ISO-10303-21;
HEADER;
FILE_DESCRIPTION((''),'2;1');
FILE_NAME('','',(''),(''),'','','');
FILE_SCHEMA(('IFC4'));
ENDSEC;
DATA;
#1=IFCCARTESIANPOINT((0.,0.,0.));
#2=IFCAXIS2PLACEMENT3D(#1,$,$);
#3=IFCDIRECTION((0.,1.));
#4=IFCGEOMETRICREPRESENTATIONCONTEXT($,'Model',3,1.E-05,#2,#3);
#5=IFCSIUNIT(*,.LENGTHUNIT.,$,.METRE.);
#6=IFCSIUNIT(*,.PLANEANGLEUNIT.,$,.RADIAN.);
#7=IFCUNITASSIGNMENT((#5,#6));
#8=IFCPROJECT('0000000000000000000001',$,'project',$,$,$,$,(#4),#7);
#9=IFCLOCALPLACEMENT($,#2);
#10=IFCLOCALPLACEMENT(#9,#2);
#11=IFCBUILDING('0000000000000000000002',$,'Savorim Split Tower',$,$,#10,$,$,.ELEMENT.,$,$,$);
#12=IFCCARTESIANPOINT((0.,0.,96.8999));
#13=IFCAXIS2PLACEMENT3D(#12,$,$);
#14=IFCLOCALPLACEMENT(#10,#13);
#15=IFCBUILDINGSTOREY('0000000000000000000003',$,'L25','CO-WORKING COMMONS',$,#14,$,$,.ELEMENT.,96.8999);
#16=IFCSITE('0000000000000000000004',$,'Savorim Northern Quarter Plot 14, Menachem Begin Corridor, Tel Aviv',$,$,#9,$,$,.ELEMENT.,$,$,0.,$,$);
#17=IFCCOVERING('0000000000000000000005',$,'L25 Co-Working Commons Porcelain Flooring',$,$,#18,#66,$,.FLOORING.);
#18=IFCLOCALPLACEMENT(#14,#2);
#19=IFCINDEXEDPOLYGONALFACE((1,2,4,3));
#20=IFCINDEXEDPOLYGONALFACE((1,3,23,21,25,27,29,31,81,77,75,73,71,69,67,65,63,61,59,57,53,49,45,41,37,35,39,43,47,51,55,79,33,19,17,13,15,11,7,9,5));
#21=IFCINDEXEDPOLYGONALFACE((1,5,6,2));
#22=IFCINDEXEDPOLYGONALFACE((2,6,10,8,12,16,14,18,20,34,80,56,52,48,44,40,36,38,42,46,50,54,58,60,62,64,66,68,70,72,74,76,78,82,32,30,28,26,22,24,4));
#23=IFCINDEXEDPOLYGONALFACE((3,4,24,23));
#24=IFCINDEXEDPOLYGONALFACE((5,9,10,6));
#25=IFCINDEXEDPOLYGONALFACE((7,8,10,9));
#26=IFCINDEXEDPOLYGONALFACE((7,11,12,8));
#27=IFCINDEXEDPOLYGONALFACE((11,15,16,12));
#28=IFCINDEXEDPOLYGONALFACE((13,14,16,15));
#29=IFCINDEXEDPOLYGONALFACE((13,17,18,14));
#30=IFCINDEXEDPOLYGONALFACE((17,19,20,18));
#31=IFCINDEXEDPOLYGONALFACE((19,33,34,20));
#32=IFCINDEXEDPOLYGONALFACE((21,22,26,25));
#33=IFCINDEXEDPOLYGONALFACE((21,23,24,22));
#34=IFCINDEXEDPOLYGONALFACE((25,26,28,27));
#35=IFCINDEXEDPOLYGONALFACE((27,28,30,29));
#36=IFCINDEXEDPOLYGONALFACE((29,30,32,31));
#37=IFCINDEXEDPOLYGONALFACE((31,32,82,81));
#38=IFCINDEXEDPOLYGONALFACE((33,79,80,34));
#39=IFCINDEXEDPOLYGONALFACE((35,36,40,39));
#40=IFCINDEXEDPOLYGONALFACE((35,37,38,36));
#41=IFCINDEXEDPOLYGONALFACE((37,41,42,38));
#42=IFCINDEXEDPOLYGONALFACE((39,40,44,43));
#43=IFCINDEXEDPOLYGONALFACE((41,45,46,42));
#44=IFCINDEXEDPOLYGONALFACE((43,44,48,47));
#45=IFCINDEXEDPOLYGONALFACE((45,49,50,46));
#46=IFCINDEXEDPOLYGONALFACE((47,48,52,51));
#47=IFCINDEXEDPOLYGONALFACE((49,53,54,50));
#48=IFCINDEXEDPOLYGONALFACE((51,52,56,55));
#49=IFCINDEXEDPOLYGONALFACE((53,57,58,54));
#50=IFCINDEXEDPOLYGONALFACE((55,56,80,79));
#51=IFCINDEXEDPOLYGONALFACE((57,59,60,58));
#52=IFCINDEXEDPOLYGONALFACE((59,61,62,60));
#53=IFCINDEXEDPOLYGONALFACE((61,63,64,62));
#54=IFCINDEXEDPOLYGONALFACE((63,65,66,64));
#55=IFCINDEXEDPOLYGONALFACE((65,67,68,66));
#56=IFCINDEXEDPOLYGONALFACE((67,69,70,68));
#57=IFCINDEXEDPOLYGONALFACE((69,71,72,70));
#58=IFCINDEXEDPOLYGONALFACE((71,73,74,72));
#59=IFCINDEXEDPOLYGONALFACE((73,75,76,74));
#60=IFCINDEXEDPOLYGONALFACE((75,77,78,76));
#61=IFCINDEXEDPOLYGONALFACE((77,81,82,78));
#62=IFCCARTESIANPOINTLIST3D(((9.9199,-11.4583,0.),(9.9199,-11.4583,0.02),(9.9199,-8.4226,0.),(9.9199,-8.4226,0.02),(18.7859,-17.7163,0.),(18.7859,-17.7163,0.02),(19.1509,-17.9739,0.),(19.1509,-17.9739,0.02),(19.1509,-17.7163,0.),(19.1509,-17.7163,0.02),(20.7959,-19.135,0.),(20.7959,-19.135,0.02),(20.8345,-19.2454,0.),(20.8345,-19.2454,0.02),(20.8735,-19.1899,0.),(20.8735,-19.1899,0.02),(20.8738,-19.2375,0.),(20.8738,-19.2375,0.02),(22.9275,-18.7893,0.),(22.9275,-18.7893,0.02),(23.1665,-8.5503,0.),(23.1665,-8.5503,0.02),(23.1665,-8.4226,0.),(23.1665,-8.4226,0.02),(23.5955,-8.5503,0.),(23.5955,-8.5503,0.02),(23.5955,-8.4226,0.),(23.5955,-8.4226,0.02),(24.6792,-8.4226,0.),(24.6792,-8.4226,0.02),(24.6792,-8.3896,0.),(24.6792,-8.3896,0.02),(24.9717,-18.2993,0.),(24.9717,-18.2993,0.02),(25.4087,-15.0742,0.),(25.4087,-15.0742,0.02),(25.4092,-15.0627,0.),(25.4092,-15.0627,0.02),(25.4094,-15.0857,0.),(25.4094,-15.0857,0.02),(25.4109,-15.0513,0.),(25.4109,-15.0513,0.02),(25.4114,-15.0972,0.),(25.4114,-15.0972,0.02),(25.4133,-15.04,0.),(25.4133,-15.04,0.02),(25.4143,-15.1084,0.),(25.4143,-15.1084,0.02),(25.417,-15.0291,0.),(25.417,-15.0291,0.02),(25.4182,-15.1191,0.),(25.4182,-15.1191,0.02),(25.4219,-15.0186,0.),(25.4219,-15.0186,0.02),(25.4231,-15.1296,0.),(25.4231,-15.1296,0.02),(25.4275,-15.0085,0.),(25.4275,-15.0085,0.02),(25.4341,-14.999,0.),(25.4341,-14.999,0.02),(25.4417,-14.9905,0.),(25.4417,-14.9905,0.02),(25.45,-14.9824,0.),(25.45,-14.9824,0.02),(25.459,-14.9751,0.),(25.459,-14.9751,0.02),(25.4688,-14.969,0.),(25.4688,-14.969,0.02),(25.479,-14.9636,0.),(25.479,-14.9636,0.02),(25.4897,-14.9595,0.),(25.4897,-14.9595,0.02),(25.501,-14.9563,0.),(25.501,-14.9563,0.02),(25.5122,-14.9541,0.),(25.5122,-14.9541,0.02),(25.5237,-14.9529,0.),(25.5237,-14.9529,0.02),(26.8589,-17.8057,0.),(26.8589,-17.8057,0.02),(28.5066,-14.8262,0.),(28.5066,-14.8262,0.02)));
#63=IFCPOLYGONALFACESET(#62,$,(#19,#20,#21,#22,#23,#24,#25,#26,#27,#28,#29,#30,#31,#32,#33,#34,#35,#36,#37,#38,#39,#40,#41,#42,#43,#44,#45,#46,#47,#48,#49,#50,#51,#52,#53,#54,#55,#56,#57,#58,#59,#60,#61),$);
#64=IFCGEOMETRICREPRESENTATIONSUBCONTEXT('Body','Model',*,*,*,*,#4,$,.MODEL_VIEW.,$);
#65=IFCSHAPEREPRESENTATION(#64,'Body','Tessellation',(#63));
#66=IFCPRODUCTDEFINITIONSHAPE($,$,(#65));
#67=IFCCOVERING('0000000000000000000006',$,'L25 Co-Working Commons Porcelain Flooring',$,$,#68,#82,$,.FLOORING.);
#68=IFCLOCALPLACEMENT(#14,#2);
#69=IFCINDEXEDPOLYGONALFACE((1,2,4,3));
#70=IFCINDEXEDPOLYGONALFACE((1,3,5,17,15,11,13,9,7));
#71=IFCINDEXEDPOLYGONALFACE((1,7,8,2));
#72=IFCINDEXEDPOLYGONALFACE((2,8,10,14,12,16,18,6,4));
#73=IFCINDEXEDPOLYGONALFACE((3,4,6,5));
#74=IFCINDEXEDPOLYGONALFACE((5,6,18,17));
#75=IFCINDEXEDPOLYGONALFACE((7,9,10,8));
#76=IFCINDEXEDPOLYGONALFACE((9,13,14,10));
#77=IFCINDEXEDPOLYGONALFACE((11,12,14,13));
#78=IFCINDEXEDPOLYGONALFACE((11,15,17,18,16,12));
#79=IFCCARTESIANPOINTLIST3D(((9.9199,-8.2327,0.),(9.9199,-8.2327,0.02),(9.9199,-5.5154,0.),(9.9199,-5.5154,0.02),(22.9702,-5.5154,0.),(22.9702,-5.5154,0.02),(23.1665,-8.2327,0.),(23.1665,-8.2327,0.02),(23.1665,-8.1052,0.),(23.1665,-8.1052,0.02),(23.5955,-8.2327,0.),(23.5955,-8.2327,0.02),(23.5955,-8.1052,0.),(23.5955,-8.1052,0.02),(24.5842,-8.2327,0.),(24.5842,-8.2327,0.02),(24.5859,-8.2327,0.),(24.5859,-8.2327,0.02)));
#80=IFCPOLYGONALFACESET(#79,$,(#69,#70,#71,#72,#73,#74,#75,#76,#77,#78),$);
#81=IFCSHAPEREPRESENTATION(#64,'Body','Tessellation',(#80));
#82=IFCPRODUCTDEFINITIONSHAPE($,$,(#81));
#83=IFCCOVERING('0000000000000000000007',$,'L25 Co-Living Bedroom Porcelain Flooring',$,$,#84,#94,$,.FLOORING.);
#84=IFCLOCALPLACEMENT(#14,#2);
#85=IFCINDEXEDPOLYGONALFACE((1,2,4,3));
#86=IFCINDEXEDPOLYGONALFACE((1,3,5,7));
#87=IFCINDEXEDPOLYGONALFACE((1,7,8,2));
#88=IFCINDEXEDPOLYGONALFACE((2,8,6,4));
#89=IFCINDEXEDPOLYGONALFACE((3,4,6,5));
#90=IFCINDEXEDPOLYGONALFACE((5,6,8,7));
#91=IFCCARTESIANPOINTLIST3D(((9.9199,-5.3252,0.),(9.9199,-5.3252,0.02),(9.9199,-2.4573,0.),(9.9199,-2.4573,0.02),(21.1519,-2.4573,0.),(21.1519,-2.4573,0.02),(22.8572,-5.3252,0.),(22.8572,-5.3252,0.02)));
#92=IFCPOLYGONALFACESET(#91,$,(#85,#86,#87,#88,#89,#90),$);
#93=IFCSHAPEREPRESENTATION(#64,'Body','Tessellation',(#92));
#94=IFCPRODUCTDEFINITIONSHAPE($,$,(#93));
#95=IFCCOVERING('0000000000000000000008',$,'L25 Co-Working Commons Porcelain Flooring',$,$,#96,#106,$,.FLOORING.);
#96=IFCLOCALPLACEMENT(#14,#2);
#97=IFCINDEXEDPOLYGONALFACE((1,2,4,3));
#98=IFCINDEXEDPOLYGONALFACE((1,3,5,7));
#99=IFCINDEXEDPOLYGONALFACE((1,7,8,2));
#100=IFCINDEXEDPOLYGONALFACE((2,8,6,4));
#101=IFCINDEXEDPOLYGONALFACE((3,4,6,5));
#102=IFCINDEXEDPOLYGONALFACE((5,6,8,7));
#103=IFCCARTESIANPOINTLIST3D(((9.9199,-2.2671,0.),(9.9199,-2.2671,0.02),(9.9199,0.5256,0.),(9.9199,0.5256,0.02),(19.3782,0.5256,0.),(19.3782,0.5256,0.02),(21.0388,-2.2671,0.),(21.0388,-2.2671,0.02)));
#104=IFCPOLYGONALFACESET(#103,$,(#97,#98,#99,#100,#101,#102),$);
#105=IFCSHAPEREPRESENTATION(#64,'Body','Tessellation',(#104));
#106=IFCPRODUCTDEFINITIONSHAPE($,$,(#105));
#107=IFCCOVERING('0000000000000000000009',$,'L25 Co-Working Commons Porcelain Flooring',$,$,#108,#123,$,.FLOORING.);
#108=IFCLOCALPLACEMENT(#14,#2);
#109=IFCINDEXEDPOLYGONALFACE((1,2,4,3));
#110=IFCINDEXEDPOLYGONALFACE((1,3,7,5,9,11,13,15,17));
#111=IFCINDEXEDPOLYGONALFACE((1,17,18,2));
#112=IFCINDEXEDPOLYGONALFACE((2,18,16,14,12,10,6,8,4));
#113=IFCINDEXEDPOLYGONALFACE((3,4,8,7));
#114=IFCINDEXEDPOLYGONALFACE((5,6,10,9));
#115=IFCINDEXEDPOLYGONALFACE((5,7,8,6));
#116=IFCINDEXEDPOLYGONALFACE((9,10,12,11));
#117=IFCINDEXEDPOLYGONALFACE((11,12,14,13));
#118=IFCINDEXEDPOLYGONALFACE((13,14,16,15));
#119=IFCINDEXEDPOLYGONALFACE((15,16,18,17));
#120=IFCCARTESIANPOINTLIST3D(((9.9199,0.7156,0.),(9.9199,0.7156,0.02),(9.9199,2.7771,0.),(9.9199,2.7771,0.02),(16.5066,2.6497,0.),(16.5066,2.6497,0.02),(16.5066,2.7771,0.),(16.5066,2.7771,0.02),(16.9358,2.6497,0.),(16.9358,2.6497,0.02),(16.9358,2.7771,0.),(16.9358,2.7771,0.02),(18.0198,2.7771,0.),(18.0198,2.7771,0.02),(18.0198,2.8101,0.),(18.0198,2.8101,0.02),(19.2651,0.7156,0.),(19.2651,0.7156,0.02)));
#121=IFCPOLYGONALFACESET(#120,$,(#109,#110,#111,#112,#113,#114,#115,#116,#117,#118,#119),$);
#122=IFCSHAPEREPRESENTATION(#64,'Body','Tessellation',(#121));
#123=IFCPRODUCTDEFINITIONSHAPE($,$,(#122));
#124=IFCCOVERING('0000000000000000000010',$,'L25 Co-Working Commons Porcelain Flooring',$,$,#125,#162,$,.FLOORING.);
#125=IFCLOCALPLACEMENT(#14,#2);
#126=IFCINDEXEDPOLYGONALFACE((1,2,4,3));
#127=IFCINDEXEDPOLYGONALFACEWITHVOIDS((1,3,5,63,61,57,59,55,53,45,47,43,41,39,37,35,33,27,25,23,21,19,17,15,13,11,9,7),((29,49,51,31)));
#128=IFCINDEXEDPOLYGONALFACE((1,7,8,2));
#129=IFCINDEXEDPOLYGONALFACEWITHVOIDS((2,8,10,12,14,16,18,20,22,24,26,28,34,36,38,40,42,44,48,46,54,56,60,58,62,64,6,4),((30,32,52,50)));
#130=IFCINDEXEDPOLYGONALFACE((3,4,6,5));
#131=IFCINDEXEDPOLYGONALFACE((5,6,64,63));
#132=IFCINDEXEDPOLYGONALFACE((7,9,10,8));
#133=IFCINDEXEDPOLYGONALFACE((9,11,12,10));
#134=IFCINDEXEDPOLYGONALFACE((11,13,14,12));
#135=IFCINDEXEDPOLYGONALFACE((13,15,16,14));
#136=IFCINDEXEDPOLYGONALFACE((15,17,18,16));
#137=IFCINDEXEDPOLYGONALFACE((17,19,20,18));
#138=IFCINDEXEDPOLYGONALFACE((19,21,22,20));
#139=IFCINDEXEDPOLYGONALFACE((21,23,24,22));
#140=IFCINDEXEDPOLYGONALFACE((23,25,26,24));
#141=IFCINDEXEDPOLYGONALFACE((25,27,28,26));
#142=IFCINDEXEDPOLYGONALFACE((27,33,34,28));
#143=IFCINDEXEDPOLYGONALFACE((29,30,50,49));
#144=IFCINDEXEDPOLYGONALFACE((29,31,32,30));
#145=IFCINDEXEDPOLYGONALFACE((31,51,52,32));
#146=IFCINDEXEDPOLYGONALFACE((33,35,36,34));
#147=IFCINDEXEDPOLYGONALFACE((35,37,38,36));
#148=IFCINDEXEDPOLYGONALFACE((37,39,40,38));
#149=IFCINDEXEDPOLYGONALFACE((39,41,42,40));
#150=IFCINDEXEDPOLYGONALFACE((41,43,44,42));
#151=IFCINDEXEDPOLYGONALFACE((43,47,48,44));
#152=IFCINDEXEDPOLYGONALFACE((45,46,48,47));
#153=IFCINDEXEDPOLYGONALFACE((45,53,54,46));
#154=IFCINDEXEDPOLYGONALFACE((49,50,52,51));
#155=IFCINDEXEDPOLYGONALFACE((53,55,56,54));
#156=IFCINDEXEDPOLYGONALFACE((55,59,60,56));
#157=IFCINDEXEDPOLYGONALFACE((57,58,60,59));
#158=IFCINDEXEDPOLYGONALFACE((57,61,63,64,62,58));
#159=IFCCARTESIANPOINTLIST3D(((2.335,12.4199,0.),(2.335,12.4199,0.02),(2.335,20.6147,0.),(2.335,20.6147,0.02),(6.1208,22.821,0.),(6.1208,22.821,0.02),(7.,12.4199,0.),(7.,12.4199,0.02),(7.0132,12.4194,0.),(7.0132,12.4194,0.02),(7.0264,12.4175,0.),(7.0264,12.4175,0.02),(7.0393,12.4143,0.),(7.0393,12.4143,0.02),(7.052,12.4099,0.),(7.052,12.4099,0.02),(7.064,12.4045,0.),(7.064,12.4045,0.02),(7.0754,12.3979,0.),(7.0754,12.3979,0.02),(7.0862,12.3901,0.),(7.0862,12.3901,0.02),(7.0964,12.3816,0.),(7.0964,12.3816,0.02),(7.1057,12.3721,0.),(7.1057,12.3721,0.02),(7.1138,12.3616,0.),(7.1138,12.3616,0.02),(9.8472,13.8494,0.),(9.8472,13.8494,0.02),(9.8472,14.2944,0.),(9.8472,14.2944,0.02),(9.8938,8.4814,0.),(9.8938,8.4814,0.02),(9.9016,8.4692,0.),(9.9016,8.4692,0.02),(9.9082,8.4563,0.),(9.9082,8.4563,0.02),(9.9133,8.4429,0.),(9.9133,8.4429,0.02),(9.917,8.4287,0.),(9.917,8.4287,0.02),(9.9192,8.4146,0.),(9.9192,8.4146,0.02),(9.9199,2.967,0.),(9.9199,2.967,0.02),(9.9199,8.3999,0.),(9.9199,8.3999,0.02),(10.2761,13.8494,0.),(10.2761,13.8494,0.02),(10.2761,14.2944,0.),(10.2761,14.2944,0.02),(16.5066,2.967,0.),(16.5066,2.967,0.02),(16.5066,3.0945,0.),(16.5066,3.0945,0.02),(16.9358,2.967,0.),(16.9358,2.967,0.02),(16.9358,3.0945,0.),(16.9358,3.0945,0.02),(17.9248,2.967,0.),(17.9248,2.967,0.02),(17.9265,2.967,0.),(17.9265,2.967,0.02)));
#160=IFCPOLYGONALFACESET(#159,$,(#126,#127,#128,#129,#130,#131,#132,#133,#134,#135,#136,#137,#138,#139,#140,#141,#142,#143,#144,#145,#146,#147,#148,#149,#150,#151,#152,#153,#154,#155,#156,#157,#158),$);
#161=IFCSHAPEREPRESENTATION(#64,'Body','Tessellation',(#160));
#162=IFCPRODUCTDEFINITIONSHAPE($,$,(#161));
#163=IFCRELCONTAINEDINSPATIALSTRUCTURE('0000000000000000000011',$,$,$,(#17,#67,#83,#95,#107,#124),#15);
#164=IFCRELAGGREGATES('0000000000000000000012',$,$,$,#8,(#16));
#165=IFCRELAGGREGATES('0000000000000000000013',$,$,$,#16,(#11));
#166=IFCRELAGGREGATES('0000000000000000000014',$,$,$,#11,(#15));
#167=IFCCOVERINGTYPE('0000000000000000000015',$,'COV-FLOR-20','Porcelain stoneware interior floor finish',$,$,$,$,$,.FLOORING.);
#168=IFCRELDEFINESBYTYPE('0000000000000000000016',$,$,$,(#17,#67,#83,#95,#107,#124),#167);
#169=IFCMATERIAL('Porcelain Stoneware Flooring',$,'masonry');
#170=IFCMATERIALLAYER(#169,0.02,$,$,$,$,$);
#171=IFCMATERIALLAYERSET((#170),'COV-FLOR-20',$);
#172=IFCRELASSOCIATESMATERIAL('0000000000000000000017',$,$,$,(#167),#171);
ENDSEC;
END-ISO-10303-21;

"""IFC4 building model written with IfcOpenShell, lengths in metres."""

from ifc_helpers import new_model, si_unit, direction, frame, origin, place, context, subcontext, project, spatial, polyline, outline, extrude, material, layer, layer_set, type_object, element, save


model = new_model("IFC4")

# Units and contexts
model_context = context("Model", 3, precision=1e-05, world=origin(), true_north=direction((0.0, 1.0)))
body_context = subcontext(model_context, "Body", "Model", "MODEL_VIEW")
ifc_project = project(units=[si_unit("LENGTHUNIT", "METRE"), si_unit("PLANEANGLEUNIT", "RADIAN")], contexts=[model_context])

# Site, building, storey
site_placement = place(None, origin())
site = spatial("IfcSite", under=ifc_project, at=site_placement, Name="Savorim Northern Quarter Plot 14, Menachem Begin Corridor, Tel Aviv", CompositionType="ELEMENT", RefElevation=0.0)
building_placement = place(site_placement, origin())
building = spatial("IfcBuilding", under=site, at=building_placement, Name="Savorim Split Tower", CompositionType="ELEMENT")
storey_placement = place(building_placement, frame((0.0, 0.0, 96.8999)))
storey = spatial("IfcBuildingStorey", under=building, at=storey_placement, Name="L25", Description="CO-WORKING COMMONS", CompositionType="ELEMENT", Elevation=96.8999)

# Coverings
ifc_material_1 = material(Name="Porcelain Stoneware Flooring", Category="masonry")
ifc_layer_1 = layer(ifc_material_1, 0.02)
ifc_layer_set_1 = layer_set([ifc_layer_1], Name="COV-FLOR-20")
covering_type_1 = type_object("IfcCoveringType", Name="COV-FLOR-20", Description="Porcelain stoneware interior floor finish", PredefinedType="FLOORING", material=ifc_layer_set_1)
covering_1_placement = place(storey_placement, origin())
element("IfcCovering", 1, at=covering_1_placement, inside=storey, type_object=covering_type_1, Name="L25 Co-Working Commons Porcelain Flooring", PredefinedType="FLOORING", context=body_context, shape_type="SweptSolid", body=[
    extrude(outline(polyline([(25.501, -14.9563), (25.5122, -14.9541), (25.5237, -14.9529), (28.5066, -14.8262), (24.6792, -8.3896), (24.6792, -8.4226), (23.5955, -8.4226), (23.5955, -8.5503), (23.1665, -8.5503), (23.1665, -8.4226), (9.9199, -8.4226), (9.9199, -11.4583), (18.7859, -17.7163), (19.1509, -17.7163), (19.1509, -17.9739), (20.7959, -19.135), (20.8735, -19.1899), (20.8345, -19.2454), (20.8738, -19.2375), (22.9275, -18.7893), (24.9717, -18.2993), (26.8589, -17.8057), (25.4231, -15.1296), (25.4182, -15.1191), (25.4143, -15.1084), (25.4114, -15.0972), (25.4094, -15.0857), (25.4087, -15.0742), (25.4092, -15.0627), (25.4109, -15.0513), (25.4133, -15.04), (25.417, -15.0291), (25.4219, -15.0186), (25.4275, -15.0085), (25.4341, -14.999), (25.4417, -14.9905), (25.45, -14.9824), (25.459, -14.9751), (25.4688, -14.969), (25.479, -14.9636), (25.4897, -14.9595), (25.501, -14.9563)])), origin(), (0.0, 0.0, 1.0), 0.02),
])
covering_2_placement = place(storey_placement, origin())
element("IfcCovering", 2, at=covering_2_placement, inside=storey, type_object=covering_type_1, Name="L25 Co-Working Commons Porcelain Flooring", PredefinedType="FLOORING", context=body_context, shape_type="SweptSolid", body=[
    extrude(outline(polyline([(23.5955, -8.1052), (23.5955, -8.2327), (24.5842, -8.2327), (24.5859, -8.2327), (22.9702, -5.5154), (9.9199, -5.5154), (9.9199, -8.2327), (23.1665, -8.2327), (23.1665, -8.1052), (23.5955, -8.1052)])), origin(), (0.0, 0.0, 1.0), 0.02),
])
covering_3_placement = place(storey_placement, origin())
element("IfcCovering", 3, at=covering_3_placement, inside=storey, type_object=covering_type_1, Name="L25 Co-Living Bedroom Porcelain Flooring", PredefinedType="FLOORING", context=body_context, shape_type="SweptSolid", body=[
    extrude(outline(polyline([(22.8572, -5.3252), (21.1519, -2.4573), (9.9199, -2.4573), (9.9199, -5.3252), (22.8572, -5.3252)])), origin(), (0.0, 0.0, 1.0), 0.02),
])
covering_4_placement = place(storey_placement, origin())
element("IfcCovering", 4, at=covering_4_placement, inside=storey, type_object=covering_type_1, Name="L25 Co-Working Commons Porcelain Flooring", PredefinedType="FLOORING", context=body_context, shape_type="SweptSolid", body=[
    extrude(outline(polyline([(21.0388, -2.2671), (19.3782, 0.5256), (9.9199, 0.5256), (9.9199, -2.2671), (21.0388, -2.2671)])), origin(), (0.0, 0.0, 1.0), 0.02),
])
covering_5_placement = place(storey_placement, origin())
element("IfcCovering", 5, at=covering_5_placement, inside=storey, type_object=covering_type_1, Name="L25 Co-Working Commons Porcelain Flooring", PredefinedType="FLOORING", context=body_context, shape_type="SweptSolid", body=[
    extrude(outline(polyline([(16.5066, 2.6497), (16.5066, 2.7771), (9.9199, 2.7771), (9.9199, 0.7156), (19.2651, 0.7156), (18.0198, 2.8101), (18.0198, 2.7771), (16.9358, 2.7771), (16.9358, 2.6497), (16.5066, 2.6497)])), origin(), (0.0, 0.0, 1.0), 0.02),
])
covering_6_placement = place(storey_placement, origin())
element("IfcCovering", 6, at=covering_6_placement, inside=storey, type_object=covering_type_1, Name="L25 Co-Working Commons Porcelain Flooring", PredefinedType="FLOORING", context=body_context, shape_type="SweptSolid", body=[
    extrude(outline(polyline([(17.9248, 2.967), (17.9265, 2.967), (6.1208, 22.821), (2.335, 20.6147), (2.335, 12.4199), (7.0, 12.4199), (7.0132, 12.4194), (7.0264, 12.4175), (7.0393, 12.4143), (7.052, 12.4099), (7.064, 12.4045), (7.0754, 12.3979), (7.0862, 12.3901), (7.0964, 12.3816), (7.1057, 12.3721), (7.1138, 12.3616), (9.8938, 8.4814), (9.9016, 8.4692), (9.9082, 8.4563), (9.9133, 8.4429), (9.917, 8.4287), (9.9192, 8.4146), (9.9199, 8.3999), (9.9199, 2.967), (16.5066, 2.967), (16.5066, 3.0945), (16.9358, 3.0945), (16.9358, 2.967), (17.9248, 2.967)]), holes=[polyline([(10.2761, 14.2944), (9.8472, 14.2944), (9.8472, 13.8494), (10.2761, 13.8494), (10.2761, 14.2944)])]), origin(), (0.0, 0.0, 1.0), 0.02),
])

save(model, "model.ifc")
